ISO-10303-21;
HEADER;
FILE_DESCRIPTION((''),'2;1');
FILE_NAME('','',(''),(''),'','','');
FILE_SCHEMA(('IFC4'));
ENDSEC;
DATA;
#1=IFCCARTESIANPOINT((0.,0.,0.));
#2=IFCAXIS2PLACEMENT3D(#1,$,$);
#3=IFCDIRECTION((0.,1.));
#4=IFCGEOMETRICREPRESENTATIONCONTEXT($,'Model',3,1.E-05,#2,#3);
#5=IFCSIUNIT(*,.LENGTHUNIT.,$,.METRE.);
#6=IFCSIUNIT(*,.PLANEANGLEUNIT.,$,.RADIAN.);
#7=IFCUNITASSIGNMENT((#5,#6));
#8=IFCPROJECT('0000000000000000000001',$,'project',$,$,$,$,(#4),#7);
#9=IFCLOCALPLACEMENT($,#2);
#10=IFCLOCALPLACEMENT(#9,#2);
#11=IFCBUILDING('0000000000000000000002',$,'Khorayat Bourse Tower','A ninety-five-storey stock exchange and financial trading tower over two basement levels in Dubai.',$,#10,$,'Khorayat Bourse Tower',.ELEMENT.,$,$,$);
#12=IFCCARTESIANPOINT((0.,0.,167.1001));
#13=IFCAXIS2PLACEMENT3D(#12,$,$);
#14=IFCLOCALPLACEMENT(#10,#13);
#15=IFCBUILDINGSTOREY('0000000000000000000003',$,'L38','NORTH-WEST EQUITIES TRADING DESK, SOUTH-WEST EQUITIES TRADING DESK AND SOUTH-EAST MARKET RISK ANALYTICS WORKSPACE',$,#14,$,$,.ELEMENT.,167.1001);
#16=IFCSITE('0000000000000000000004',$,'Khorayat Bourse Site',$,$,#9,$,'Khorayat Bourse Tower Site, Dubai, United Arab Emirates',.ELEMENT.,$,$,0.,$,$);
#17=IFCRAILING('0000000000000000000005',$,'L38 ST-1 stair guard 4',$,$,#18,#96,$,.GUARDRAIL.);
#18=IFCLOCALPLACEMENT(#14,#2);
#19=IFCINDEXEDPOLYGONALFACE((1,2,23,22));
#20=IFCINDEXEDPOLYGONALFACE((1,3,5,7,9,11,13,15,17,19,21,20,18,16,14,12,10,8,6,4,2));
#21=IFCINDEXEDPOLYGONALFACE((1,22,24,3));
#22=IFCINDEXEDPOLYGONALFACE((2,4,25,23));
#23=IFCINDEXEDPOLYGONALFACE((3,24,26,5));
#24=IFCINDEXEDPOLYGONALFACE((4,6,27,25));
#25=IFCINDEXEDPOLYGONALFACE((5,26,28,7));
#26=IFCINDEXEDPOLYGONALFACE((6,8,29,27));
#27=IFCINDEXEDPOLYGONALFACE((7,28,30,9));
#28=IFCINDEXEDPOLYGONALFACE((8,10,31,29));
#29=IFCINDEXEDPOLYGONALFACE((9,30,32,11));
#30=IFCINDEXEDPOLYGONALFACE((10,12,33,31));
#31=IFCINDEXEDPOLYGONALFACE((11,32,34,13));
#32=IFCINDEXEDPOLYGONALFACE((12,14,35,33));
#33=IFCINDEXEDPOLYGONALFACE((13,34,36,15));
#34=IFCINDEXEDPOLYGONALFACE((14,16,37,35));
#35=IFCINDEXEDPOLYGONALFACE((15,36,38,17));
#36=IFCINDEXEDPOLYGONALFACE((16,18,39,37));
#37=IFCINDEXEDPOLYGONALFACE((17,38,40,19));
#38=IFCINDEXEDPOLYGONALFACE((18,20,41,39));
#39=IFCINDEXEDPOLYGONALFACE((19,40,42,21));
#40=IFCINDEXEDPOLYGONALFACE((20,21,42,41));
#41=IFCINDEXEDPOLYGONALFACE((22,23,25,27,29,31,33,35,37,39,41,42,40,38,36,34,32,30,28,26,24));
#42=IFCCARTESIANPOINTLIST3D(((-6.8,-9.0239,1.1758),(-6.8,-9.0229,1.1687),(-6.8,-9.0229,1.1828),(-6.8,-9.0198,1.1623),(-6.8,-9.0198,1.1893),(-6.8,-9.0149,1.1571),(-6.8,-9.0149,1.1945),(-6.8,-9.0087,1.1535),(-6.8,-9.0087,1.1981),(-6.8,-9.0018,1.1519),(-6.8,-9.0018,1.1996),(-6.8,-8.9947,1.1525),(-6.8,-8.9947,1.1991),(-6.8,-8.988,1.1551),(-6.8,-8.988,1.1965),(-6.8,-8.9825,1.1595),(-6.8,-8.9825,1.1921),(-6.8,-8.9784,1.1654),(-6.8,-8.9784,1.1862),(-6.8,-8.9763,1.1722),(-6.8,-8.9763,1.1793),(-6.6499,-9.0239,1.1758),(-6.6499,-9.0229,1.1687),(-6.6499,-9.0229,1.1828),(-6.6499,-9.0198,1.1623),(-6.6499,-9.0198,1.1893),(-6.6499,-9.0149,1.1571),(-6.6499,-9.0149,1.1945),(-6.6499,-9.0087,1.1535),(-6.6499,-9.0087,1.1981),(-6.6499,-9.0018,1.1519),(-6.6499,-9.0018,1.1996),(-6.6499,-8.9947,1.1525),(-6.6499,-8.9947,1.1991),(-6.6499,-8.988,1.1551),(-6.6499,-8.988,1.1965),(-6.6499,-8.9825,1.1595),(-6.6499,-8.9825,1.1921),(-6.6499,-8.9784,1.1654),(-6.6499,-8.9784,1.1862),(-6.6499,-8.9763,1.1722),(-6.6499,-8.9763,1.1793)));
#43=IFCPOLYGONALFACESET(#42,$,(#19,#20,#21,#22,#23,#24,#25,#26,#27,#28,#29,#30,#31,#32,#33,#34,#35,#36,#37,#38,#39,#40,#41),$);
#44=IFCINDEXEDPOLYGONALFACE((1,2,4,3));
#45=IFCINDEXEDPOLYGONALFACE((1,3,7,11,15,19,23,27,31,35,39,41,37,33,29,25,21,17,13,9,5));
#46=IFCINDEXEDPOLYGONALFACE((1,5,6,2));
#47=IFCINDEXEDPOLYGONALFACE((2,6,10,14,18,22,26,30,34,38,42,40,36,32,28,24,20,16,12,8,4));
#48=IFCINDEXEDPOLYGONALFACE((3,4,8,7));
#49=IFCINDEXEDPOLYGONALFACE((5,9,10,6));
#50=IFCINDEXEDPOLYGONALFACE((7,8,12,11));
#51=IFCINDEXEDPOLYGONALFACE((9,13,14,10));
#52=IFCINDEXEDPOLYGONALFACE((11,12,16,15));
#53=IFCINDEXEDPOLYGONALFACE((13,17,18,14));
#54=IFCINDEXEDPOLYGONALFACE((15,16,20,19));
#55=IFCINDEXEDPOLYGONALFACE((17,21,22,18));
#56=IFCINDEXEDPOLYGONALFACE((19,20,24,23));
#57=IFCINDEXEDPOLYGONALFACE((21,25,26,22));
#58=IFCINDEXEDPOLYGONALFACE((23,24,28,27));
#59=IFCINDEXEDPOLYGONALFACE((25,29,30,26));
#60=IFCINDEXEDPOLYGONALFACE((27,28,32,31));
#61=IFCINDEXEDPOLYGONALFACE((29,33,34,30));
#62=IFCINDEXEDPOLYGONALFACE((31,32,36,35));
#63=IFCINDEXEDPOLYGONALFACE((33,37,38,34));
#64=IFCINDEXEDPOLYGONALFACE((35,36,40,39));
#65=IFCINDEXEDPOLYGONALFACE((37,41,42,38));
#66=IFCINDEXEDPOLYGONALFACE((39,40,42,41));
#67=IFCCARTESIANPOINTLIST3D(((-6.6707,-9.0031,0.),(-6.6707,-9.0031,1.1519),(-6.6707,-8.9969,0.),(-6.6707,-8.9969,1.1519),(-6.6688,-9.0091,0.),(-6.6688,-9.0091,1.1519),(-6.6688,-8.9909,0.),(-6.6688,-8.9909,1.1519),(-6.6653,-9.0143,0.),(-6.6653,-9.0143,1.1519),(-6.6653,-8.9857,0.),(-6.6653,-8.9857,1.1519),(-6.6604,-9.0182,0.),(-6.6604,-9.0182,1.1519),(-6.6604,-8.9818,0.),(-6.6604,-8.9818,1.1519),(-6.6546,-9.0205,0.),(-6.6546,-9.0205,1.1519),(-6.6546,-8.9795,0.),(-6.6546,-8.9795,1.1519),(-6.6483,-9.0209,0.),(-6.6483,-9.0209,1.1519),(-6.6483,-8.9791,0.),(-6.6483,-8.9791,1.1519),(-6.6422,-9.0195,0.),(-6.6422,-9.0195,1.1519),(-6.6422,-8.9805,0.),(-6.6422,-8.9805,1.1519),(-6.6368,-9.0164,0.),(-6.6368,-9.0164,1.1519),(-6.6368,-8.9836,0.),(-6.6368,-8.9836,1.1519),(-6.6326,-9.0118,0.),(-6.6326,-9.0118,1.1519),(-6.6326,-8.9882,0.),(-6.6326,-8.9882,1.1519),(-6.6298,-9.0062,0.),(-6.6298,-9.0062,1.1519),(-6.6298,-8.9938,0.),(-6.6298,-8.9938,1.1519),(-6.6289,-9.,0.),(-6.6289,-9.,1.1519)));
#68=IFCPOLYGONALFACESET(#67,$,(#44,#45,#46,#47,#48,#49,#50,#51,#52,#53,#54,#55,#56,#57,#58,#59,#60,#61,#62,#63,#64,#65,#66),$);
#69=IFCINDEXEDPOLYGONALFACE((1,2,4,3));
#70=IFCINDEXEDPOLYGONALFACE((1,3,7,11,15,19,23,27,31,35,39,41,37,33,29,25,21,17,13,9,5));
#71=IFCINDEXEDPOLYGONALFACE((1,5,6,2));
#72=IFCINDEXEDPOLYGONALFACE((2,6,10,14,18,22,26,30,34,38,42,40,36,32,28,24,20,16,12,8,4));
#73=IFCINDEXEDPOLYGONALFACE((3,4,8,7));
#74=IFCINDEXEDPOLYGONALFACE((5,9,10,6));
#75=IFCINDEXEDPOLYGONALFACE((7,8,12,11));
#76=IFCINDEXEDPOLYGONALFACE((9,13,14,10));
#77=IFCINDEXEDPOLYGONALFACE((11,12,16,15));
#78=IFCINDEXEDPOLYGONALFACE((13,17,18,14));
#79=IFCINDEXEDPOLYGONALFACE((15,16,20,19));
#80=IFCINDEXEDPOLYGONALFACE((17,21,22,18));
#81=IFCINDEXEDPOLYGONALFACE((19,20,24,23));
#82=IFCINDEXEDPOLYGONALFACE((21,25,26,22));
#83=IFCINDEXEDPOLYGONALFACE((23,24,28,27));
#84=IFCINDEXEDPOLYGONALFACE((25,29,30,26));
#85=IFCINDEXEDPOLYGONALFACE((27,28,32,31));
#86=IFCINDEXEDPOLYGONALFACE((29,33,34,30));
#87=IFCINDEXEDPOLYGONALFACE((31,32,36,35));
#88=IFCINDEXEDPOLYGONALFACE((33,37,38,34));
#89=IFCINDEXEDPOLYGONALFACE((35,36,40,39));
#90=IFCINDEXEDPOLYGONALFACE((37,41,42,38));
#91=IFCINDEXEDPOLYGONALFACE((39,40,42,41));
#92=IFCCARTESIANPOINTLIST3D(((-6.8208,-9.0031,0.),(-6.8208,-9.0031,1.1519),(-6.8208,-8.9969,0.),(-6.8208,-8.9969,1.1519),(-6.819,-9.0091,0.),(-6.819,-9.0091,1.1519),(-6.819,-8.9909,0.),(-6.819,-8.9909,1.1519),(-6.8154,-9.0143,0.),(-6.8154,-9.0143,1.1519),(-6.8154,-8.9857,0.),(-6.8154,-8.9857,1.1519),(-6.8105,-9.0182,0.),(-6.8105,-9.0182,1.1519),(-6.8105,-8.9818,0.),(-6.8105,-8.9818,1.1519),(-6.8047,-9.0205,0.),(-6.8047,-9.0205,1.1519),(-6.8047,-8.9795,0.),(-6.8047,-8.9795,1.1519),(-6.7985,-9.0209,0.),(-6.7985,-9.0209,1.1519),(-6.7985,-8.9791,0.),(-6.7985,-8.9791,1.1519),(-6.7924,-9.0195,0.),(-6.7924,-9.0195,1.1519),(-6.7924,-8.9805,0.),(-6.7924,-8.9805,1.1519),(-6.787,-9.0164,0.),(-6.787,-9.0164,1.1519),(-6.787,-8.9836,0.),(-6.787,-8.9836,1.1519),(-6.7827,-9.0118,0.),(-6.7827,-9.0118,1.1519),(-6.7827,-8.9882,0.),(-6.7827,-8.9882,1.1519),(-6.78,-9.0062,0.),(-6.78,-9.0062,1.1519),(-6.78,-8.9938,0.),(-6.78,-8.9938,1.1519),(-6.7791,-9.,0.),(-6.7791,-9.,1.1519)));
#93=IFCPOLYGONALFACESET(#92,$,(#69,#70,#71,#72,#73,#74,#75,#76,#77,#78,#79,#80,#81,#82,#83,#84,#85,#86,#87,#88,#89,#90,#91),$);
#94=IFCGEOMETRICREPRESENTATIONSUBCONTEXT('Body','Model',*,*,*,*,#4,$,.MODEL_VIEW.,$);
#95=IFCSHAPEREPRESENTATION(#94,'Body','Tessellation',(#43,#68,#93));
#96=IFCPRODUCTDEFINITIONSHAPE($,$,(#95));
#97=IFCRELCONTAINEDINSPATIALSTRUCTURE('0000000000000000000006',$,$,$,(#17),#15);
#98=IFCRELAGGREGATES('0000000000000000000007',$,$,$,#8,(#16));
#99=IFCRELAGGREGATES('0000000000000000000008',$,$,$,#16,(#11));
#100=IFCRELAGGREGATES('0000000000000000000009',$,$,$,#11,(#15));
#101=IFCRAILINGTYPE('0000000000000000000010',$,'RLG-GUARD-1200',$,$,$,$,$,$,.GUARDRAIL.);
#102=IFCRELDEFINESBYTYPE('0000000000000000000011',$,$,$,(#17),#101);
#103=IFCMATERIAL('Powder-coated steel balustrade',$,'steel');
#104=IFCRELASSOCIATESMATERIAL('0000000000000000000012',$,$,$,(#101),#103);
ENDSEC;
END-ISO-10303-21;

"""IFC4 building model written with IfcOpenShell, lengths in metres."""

from ifc_helpers import new_model, si_unit, direction, frame, origin, origin_2d, place, context, subcontext, project, spatial, circle, extrude, source, transform, mapped, material, type_object, element, save


model = new_model("IFC4")

# Units and contexts
model_context = context("Model", 3, precision=1e-05, world=origin(), true_north=direction((0.0, 1.0)))
body_context = subcontext(model_context, "Body", "Model", "MODEL_VIEW")
ifc_project = project(units=[si_unit("LENGTHUNIT", "METRE"), si_unit("PLANEANGLEUNIT", "RADIAN")], contexts=[model_context])

# Site, building, storey
site_placement = place(None, origin())
site = spatial("IfcSite", under=ifc_project, at=site_placement, Name="Khorayat Bourse Site", LongName="Khorayat Bourse Tower Site, Dubai, United Arab Emirates", CompositionType="ELEMENT", RefElevation=0.0)
building_placement = place(site_placement, origin())
building = spatial("IfcBuilding", under=site, at=building_placement, Name="Khorayat Bourse Tower", Description="A ninety-five-storey stock exchange and financial trading tower over two basement levels in Dubai.", LongName="Khorayat Bourse Tower", CompositionType="ELEMENT")
storey_placement = place(building_placement, frame((0.0, 0.0, 167.1001)))
storey = spatial("IfcBuildingStorey", under=building, at=storey_placement, Name="L38", Description="NORTH-WEST EQUITIES TRADING DESK, SOUTH-WEST EQUITIES TRADING DESK AND SOUTH-EAST MARKET RISK ANALYTICS WORKSPACE", CompositionType="ELEMENT", Elevation=167.1001)

# Railing
ifc_material_1 = material(Name="Powder-coated steel balustrade", Category="steel")
railing_type_1 = type_object("IfcRailingType", Name="RLG-GUARD-1200", PredefinedType="GUARDRAIL", material=ifc_material_1)
shared_shape_1 = source(origin(), body_context, "Body", "SweptSolid", [
    extrude(circle(Radius=0.0239, at=origin_2d()), frame((0.0, 0.0, 1.1758), z_axis=(-1.0, 0.0, 0.0), x_axis=(0.0, -1.0, 0.0)), (0.0, 0.0, 1.0), 0.1501),
    extrude(circle(Radius=0.021, at=origin_2d()), origin(), (0.0, 0.0, 1.0), 1.1519),
    extrude(circle(Radius=0.021, at=origin_2d()), frame((-0.1501, 0.0, 0.0)), (0.0, 0.0, 1.0), 1.1519),
])
for number, where, name in (
    (1, (-6.6499, -9.0, 0.0), "L38 ST-1 stair guard 4"),
):
    element("IfcRailing", number, at=place(storey_placement, frame(where)), inside=storey, type_object=railing_type_1, Name=name, PredefinedType="GUARDRAIL", context=body_context, shape_type="MappedRepresentation", body=[
        mapped(shared_shape_1, transform((0.0, 0.0, 0.0), scale=1.0)),
    ])

save(model, "model.ifc")
